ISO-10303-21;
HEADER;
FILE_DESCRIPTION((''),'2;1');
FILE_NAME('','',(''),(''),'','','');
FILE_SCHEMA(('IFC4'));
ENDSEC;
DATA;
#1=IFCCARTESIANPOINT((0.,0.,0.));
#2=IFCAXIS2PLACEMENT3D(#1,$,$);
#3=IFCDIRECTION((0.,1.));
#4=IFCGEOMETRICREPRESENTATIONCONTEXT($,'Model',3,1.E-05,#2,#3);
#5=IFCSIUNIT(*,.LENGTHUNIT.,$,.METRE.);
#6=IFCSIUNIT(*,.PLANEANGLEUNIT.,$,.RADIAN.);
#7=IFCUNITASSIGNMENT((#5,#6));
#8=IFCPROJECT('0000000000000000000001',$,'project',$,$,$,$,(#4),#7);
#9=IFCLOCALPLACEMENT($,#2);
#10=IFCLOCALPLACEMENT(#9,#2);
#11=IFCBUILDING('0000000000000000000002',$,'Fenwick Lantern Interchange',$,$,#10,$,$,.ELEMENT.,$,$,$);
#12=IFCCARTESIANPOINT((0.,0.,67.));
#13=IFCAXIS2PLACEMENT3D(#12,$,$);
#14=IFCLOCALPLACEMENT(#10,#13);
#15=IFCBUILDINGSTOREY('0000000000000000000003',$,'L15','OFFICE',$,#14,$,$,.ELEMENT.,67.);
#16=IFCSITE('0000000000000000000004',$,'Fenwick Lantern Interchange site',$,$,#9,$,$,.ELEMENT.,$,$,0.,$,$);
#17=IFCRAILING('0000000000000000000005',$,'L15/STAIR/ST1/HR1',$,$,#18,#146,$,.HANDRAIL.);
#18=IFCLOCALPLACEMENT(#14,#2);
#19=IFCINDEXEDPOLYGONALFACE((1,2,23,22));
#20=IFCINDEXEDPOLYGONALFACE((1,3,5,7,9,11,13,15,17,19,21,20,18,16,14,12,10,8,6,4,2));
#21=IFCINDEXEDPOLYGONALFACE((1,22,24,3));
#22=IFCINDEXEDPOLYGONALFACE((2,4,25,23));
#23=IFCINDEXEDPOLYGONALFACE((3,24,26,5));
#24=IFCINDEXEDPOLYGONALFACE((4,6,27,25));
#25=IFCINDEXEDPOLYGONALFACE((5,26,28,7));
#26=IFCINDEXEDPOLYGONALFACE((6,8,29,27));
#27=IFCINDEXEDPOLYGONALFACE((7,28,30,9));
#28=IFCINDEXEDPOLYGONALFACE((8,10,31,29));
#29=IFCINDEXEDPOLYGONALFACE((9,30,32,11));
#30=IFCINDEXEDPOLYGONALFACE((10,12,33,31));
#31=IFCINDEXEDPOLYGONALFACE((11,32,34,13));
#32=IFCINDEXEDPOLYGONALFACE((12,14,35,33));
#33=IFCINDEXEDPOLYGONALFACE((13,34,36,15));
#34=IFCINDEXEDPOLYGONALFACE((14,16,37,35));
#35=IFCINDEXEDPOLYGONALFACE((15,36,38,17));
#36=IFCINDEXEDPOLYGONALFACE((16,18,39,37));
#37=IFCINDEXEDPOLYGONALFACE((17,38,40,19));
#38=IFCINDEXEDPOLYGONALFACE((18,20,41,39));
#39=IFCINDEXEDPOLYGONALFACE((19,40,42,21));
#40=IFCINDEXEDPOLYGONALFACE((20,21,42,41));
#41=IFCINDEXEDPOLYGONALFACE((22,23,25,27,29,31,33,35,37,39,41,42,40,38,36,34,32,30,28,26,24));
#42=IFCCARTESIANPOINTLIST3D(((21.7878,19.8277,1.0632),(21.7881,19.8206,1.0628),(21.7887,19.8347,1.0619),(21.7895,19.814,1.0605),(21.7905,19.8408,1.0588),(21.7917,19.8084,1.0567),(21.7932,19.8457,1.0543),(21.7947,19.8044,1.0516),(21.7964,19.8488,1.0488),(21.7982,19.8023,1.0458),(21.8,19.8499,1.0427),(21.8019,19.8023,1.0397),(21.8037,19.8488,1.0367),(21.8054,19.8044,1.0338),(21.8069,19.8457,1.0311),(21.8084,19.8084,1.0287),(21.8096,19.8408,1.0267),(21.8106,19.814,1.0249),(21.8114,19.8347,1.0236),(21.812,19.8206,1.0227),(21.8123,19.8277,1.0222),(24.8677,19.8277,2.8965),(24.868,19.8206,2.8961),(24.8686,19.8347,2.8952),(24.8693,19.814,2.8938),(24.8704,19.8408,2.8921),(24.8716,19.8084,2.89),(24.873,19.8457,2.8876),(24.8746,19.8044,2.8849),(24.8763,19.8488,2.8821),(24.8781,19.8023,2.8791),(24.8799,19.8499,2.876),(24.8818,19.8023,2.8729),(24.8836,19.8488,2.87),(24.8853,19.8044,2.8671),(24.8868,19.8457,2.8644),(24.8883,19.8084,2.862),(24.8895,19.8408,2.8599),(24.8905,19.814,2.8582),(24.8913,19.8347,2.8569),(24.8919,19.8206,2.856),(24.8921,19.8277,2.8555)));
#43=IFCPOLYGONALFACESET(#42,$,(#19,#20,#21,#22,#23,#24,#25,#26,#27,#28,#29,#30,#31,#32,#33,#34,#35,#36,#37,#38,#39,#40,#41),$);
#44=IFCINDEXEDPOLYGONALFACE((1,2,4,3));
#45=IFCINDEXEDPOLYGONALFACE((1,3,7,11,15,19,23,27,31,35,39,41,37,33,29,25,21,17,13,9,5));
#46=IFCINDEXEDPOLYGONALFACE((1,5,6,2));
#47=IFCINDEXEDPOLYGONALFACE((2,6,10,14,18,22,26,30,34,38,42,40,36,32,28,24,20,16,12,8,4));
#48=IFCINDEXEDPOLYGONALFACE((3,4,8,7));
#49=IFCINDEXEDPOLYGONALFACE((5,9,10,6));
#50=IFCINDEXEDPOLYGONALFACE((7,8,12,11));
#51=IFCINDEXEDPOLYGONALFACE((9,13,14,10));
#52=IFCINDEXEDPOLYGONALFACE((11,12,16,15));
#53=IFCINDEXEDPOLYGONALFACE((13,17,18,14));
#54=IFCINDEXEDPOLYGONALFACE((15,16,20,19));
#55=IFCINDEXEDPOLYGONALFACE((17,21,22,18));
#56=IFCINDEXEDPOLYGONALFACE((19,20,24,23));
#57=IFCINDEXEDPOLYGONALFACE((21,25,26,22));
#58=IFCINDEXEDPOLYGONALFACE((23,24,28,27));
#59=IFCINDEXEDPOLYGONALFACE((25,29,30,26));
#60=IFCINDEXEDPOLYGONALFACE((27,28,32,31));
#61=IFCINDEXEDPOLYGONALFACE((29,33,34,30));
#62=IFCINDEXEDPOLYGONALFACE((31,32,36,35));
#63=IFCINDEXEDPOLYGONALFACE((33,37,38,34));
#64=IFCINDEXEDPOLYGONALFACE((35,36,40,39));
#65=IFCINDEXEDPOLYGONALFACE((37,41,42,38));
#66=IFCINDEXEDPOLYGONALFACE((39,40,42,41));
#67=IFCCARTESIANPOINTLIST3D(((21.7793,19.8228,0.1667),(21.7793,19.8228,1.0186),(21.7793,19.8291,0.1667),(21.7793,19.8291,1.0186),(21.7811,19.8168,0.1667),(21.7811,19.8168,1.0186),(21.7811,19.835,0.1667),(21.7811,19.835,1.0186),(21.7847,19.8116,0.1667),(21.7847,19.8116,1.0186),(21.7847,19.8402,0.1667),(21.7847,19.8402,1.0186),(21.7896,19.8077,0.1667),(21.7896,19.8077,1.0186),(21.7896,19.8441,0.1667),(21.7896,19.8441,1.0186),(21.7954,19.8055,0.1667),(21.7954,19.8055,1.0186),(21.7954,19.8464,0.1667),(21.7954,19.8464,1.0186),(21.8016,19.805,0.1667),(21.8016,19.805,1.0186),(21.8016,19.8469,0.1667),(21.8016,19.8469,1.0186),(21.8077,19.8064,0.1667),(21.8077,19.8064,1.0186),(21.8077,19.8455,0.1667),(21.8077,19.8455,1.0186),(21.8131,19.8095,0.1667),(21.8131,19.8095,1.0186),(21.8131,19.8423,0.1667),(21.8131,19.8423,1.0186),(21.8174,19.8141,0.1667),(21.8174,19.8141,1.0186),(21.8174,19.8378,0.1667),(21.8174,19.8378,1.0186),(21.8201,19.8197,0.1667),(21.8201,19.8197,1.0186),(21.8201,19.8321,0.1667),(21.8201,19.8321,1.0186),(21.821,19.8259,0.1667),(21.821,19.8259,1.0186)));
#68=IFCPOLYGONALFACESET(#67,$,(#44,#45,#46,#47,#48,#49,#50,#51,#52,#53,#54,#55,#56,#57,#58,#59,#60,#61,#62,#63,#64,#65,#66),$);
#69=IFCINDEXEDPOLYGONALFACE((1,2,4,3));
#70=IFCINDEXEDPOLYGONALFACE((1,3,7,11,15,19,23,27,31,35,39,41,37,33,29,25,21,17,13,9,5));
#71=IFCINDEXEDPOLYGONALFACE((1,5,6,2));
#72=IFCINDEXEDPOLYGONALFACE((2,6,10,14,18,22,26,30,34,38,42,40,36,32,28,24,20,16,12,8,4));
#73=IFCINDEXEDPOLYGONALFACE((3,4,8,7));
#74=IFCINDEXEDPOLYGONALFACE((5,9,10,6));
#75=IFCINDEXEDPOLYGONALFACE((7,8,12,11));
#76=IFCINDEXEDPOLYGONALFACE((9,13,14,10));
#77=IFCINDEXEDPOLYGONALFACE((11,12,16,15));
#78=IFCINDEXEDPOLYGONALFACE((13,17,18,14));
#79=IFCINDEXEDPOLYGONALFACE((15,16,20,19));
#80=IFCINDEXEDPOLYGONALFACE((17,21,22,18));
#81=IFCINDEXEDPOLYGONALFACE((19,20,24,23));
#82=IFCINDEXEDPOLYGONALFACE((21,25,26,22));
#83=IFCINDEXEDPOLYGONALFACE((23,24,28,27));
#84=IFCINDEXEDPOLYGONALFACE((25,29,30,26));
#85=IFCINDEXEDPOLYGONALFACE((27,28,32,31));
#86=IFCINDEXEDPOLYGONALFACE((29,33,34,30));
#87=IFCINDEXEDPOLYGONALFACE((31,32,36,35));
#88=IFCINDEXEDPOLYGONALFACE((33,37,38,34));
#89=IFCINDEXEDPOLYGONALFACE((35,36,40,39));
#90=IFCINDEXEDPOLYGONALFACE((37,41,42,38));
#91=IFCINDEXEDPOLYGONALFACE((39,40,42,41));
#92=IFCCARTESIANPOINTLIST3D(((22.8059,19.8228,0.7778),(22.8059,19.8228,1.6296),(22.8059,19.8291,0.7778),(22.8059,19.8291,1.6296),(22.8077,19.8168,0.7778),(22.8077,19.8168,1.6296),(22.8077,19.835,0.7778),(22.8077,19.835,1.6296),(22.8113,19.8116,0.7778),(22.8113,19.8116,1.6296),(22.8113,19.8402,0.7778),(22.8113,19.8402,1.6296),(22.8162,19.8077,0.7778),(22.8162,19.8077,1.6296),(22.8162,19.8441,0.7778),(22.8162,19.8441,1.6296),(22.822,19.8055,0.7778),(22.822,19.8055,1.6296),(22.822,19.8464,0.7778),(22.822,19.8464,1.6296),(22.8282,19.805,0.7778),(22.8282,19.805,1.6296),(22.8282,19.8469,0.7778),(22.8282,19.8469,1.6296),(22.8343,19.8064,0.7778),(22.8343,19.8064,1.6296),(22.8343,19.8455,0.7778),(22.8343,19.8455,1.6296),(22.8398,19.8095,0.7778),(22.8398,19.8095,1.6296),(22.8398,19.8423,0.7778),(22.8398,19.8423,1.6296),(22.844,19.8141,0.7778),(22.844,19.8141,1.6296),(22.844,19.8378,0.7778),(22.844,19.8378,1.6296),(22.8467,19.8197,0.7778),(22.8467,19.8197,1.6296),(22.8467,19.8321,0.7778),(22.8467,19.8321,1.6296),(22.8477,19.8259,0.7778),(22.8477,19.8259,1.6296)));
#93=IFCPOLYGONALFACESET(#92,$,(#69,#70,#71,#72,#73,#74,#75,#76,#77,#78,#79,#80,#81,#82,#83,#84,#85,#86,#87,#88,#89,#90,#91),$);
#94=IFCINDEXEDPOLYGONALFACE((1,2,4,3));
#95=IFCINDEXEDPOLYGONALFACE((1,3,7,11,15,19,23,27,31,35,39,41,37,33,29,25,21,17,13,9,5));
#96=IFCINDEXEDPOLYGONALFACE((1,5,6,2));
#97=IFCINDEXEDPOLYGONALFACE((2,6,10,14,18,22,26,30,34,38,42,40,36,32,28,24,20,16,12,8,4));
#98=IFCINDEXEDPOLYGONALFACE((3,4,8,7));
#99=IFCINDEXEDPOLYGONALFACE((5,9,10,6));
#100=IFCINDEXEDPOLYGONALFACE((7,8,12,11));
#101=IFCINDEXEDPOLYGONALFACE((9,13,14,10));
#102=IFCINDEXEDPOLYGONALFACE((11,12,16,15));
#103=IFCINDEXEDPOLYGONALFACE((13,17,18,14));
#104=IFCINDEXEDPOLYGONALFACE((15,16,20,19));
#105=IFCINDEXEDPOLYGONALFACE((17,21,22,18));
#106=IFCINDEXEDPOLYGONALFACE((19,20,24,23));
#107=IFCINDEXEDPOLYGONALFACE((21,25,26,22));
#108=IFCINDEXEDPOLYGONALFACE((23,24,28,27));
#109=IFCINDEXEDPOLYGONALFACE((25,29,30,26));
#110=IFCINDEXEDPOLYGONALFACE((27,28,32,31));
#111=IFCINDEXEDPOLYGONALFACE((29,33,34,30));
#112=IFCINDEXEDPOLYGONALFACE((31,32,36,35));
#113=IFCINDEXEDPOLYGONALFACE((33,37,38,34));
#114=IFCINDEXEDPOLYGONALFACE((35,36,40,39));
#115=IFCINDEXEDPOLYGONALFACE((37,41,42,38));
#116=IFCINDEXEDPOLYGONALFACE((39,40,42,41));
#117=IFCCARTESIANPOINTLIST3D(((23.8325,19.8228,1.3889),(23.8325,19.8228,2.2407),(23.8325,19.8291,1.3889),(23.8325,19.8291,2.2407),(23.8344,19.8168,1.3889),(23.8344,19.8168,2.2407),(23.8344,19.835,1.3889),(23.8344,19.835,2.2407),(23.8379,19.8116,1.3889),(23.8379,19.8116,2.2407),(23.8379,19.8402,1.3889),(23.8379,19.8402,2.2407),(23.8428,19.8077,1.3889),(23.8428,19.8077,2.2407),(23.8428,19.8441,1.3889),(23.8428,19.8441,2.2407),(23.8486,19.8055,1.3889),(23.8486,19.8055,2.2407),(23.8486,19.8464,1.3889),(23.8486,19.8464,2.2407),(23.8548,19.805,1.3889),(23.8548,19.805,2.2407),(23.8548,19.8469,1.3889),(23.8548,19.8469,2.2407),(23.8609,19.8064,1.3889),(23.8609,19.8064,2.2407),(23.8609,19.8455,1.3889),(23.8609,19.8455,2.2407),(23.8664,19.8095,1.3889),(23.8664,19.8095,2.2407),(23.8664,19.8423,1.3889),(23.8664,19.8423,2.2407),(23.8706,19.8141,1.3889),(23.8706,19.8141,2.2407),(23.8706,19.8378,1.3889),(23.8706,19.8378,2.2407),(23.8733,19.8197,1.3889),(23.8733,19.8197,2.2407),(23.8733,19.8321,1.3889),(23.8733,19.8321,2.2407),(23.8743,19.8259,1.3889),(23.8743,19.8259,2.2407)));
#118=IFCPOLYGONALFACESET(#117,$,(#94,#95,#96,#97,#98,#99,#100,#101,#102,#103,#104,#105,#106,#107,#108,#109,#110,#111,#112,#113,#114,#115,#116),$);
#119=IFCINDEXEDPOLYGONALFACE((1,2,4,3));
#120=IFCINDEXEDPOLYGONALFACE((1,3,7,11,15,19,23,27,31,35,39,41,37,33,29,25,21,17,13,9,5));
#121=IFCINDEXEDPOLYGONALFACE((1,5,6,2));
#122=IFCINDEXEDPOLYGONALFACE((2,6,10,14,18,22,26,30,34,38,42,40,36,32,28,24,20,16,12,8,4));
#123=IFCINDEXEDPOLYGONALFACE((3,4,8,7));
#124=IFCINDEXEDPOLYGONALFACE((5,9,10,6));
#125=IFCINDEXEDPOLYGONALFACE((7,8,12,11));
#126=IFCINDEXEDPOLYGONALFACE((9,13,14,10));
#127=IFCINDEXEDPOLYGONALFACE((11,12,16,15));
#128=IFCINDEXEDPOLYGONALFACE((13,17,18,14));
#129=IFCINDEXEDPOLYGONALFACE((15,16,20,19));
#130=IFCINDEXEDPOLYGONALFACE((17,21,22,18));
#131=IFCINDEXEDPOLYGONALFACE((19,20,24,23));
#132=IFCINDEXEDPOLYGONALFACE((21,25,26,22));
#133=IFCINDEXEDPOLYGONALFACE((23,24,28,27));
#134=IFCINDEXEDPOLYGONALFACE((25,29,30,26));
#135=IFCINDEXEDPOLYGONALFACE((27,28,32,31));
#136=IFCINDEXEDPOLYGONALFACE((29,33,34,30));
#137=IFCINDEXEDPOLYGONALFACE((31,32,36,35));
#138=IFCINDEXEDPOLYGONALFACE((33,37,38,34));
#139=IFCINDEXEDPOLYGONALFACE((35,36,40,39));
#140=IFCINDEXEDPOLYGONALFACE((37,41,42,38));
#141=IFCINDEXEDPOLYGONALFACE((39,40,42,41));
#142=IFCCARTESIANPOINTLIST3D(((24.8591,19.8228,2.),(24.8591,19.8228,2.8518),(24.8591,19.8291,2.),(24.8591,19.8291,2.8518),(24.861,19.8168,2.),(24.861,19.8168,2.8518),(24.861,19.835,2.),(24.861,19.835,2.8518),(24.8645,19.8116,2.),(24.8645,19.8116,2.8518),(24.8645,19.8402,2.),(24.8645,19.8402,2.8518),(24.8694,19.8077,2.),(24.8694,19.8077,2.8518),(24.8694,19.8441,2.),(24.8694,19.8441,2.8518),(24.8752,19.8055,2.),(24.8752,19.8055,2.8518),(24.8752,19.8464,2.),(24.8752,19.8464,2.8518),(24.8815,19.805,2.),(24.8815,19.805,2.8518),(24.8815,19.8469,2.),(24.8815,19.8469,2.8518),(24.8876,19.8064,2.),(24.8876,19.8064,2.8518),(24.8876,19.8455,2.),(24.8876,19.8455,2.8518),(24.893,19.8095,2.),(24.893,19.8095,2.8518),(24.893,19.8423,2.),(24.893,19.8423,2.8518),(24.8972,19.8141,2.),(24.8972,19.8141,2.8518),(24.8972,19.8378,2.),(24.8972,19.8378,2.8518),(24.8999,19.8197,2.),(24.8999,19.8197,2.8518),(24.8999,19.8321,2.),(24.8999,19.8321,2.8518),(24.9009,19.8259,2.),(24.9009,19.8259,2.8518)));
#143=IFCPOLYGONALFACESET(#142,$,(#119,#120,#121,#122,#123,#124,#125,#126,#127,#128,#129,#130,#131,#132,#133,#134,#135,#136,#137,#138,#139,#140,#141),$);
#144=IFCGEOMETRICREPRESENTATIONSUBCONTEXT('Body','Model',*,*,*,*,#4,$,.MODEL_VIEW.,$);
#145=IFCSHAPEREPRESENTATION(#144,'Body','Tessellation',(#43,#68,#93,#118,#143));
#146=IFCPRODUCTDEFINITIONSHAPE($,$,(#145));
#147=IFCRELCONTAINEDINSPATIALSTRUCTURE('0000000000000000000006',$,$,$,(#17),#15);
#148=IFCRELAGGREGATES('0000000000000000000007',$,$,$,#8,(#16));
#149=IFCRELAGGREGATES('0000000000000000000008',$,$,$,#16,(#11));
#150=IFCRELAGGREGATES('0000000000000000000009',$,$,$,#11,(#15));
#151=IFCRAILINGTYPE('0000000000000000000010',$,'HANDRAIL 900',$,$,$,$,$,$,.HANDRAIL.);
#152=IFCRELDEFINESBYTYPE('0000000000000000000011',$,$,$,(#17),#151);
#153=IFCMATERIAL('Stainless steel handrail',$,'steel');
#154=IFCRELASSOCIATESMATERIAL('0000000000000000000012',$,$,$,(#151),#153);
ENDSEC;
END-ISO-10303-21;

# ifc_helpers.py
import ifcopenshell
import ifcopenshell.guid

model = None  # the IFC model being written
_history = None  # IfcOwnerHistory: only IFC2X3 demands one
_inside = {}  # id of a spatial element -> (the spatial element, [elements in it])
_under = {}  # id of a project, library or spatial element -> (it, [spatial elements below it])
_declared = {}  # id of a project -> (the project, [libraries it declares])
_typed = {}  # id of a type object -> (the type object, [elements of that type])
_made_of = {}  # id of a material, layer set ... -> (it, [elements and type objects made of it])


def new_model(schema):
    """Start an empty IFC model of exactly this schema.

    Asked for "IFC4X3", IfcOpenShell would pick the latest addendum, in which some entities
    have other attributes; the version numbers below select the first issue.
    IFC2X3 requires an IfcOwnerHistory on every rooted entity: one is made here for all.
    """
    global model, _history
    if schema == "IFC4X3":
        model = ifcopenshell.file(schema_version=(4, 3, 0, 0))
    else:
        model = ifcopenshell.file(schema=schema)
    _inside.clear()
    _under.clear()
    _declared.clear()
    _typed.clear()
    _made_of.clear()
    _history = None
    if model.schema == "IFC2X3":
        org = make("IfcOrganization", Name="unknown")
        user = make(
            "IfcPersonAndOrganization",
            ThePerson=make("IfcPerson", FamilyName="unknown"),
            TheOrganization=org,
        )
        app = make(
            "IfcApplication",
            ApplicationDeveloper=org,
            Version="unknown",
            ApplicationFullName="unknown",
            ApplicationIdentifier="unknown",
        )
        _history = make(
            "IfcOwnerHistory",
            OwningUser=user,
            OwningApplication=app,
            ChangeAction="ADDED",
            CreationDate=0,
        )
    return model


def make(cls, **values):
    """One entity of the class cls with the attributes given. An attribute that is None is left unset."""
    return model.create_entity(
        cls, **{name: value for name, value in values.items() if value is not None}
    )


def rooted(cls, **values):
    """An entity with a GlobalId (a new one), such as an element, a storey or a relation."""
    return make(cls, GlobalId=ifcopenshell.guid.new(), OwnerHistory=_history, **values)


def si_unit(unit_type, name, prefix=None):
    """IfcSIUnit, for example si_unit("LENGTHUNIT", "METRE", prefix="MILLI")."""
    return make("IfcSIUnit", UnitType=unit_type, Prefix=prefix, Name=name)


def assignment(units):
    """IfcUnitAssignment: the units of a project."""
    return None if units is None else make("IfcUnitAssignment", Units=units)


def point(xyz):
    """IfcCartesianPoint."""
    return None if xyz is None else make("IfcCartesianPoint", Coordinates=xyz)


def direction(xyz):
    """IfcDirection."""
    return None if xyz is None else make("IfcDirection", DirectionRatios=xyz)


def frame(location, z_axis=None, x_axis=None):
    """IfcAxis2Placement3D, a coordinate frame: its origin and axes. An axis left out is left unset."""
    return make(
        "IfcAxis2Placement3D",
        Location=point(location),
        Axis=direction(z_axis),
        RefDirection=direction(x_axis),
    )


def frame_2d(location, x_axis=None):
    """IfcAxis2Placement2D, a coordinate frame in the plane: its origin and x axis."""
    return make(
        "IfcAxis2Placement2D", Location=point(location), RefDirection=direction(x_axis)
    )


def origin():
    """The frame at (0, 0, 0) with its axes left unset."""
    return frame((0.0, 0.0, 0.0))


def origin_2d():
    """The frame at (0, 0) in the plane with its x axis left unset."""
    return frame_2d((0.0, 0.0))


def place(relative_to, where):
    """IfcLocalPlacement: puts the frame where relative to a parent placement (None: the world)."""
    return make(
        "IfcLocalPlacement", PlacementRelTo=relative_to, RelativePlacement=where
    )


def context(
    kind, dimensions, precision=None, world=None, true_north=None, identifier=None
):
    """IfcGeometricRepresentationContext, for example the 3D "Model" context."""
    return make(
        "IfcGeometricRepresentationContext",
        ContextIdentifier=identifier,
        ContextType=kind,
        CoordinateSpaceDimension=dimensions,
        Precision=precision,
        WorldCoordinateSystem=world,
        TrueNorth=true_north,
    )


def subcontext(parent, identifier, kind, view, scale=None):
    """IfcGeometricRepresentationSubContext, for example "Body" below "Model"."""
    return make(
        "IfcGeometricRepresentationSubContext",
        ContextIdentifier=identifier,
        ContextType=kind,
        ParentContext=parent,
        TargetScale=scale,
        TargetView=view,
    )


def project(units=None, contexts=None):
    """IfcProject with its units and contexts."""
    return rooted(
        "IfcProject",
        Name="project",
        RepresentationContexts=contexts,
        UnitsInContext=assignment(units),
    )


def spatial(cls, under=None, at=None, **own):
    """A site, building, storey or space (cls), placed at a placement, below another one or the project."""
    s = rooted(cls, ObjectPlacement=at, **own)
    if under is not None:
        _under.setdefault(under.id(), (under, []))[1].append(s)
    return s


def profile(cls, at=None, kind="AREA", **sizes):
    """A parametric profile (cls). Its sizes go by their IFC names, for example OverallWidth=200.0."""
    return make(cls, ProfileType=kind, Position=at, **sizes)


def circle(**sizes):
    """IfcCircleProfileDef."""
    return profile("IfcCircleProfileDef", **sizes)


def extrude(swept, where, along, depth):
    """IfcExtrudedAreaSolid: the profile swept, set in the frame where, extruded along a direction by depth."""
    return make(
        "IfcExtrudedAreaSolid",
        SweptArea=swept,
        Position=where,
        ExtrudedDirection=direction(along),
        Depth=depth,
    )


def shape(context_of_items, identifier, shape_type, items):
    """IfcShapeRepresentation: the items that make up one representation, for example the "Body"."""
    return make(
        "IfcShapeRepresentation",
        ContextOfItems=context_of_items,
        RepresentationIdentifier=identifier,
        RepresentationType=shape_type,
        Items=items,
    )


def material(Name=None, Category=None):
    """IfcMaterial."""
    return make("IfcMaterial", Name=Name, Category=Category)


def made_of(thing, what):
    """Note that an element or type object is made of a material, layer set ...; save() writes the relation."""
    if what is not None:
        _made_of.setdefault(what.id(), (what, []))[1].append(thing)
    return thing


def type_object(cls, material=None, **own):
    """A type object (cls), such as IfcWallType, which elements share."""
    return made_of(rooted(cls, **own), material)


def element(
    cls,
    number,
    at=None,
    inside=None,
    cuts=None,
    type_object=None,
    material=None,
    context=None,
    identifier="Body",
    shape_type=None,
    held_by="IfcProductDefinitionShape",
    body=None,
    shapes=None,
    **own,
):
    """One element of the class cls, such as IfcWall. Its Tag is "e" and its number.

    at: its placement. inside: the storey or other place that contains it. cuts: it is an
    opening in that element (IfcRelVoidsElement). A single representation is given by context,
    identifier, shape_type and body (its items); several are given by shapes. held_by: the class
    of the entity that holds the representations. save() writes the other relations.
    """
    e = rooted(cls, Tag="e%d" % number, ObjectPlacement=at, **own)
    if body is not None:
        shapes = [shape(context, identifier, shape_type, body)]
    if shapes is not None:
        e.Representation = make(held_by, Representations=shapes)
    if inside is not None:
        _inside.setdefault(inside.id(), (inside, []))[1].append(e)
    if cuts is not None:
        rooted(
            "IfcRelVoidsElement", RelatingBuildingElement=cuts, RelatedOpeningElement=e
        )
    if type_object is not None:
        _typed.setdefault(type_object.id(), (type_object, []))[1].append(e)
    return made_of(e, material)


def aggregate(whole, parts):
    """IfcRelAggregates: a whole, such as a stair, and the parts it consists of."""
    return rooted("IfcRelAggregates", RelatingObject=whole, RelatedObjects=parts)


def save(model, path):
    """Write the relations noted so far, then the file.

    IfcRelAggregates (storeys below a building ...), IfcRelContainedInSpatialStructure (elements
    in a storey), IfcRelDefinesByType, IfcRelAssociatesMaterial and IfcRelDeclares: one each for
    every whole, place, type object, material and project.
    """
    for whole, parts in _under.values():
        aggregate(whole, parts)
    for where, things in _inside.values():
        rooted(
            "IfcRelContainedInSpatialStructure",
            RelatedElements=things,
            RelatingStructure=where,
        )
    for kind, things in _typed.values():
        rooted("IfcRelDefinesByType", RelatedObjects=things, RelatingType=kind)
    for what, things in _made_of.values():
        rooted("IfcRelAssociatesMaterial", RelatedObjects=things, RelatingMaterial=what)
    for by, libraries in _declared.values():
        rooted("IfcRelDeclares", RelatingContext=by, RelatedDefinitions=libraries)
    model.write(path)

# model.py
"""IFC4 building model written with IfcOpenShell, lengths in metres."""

from ifc_helpers import new_model, si_unit, direction, frame, origin, origin_2d, place, context, subcontext, project, spatial, circle, extrude, material, type_object, element, save


model = new_model("IFC4")

# Units and contexts
model_context = context("Model", 3, precision=1e-05, world=origin(), true_north=direction((0.0, 1.0)))
body_context = subcontext(model_context, "Body", "Model", "MODEL_VIEW")
ifc_project = project(units=[si_unit("LENGTHUNIT", "METRE"), si_unit("PLANEANGLEUNIT", "RADIAN")], contexts=[model_context])

# Site, building, storey
site_placement = place(None, origin())
site = spatial("IfcSite", under=ifc_project, at=site_placement, Name="Fenwick Lantern Interchange site", CompositionType="ELEMENT", RefElevation=0.0)
building_placement = place(site_placement, origin())
building = spatial("IfcBuilding", under=site, at=building_placement, Name="Fenwick Lantern Interchange", CompositionType="ELEMENT")
storey_placement = place(building_placement, frame((0.0, 0.0, 67.0)))
storey = spatial("IfcBuildingStorey", under=building, at=storey_placement, Name="L15", Description="OFFICE", CompositionType="ELEMENT", Elevation=67.0)

# Railing
ifc_material_1 = material(Name="Stainless steel handrail", Category="steel")
railing_type = type_object("IfcRailingType", Name="HANDRAIL 900", PredefinedType="HANDRAIL", material=ifc_material_1)
railing_1_placement = place(storey_placement, frame((21.8, 19.8259, 0.1667)))
element("IfcRailing", 1, at=railing_1_placement, inside=storey, type_object=railing_type, Name="L15/STAIR/ST1/HR1", PredefinedType="HANDRAIL", context=body_context, shape_type="SweptSolid", body=[
    extrude(circle(Radius=0.0239, at=origin_2d()), frame((0.0, 0.0, 0.876), z_axis=(0.859291, 0.0, 0.511487), x_axis=(0.0, 1.0, 0.0)), (0.0, 0.0, 1.0), 3.5842),
    extrude(circle(Radius=0.021, at=origin_2d()), origin(), (0.0, 0.0, 1.0), 0.8518),
    extrude(circle(Radius=0.021, at=origin_2d()), frame((1.0266, 0.0, 0.6111)), (0.0, 0.0, 1.0), 0.8518),
    extrude(circle(Radius=0.021, at=origin_2d()), frame((2.0532, 0.0, 1.2222)), (0.0, 0.0, 1.0), 0.8518),
    extrude(circle(Radius=0.021, at=origin_2d()), frame((3.0798, 0.0, 1.8333)), (0.0, 0.0, 1.0), 0.8518),
])

save(model, "model.ifc")
